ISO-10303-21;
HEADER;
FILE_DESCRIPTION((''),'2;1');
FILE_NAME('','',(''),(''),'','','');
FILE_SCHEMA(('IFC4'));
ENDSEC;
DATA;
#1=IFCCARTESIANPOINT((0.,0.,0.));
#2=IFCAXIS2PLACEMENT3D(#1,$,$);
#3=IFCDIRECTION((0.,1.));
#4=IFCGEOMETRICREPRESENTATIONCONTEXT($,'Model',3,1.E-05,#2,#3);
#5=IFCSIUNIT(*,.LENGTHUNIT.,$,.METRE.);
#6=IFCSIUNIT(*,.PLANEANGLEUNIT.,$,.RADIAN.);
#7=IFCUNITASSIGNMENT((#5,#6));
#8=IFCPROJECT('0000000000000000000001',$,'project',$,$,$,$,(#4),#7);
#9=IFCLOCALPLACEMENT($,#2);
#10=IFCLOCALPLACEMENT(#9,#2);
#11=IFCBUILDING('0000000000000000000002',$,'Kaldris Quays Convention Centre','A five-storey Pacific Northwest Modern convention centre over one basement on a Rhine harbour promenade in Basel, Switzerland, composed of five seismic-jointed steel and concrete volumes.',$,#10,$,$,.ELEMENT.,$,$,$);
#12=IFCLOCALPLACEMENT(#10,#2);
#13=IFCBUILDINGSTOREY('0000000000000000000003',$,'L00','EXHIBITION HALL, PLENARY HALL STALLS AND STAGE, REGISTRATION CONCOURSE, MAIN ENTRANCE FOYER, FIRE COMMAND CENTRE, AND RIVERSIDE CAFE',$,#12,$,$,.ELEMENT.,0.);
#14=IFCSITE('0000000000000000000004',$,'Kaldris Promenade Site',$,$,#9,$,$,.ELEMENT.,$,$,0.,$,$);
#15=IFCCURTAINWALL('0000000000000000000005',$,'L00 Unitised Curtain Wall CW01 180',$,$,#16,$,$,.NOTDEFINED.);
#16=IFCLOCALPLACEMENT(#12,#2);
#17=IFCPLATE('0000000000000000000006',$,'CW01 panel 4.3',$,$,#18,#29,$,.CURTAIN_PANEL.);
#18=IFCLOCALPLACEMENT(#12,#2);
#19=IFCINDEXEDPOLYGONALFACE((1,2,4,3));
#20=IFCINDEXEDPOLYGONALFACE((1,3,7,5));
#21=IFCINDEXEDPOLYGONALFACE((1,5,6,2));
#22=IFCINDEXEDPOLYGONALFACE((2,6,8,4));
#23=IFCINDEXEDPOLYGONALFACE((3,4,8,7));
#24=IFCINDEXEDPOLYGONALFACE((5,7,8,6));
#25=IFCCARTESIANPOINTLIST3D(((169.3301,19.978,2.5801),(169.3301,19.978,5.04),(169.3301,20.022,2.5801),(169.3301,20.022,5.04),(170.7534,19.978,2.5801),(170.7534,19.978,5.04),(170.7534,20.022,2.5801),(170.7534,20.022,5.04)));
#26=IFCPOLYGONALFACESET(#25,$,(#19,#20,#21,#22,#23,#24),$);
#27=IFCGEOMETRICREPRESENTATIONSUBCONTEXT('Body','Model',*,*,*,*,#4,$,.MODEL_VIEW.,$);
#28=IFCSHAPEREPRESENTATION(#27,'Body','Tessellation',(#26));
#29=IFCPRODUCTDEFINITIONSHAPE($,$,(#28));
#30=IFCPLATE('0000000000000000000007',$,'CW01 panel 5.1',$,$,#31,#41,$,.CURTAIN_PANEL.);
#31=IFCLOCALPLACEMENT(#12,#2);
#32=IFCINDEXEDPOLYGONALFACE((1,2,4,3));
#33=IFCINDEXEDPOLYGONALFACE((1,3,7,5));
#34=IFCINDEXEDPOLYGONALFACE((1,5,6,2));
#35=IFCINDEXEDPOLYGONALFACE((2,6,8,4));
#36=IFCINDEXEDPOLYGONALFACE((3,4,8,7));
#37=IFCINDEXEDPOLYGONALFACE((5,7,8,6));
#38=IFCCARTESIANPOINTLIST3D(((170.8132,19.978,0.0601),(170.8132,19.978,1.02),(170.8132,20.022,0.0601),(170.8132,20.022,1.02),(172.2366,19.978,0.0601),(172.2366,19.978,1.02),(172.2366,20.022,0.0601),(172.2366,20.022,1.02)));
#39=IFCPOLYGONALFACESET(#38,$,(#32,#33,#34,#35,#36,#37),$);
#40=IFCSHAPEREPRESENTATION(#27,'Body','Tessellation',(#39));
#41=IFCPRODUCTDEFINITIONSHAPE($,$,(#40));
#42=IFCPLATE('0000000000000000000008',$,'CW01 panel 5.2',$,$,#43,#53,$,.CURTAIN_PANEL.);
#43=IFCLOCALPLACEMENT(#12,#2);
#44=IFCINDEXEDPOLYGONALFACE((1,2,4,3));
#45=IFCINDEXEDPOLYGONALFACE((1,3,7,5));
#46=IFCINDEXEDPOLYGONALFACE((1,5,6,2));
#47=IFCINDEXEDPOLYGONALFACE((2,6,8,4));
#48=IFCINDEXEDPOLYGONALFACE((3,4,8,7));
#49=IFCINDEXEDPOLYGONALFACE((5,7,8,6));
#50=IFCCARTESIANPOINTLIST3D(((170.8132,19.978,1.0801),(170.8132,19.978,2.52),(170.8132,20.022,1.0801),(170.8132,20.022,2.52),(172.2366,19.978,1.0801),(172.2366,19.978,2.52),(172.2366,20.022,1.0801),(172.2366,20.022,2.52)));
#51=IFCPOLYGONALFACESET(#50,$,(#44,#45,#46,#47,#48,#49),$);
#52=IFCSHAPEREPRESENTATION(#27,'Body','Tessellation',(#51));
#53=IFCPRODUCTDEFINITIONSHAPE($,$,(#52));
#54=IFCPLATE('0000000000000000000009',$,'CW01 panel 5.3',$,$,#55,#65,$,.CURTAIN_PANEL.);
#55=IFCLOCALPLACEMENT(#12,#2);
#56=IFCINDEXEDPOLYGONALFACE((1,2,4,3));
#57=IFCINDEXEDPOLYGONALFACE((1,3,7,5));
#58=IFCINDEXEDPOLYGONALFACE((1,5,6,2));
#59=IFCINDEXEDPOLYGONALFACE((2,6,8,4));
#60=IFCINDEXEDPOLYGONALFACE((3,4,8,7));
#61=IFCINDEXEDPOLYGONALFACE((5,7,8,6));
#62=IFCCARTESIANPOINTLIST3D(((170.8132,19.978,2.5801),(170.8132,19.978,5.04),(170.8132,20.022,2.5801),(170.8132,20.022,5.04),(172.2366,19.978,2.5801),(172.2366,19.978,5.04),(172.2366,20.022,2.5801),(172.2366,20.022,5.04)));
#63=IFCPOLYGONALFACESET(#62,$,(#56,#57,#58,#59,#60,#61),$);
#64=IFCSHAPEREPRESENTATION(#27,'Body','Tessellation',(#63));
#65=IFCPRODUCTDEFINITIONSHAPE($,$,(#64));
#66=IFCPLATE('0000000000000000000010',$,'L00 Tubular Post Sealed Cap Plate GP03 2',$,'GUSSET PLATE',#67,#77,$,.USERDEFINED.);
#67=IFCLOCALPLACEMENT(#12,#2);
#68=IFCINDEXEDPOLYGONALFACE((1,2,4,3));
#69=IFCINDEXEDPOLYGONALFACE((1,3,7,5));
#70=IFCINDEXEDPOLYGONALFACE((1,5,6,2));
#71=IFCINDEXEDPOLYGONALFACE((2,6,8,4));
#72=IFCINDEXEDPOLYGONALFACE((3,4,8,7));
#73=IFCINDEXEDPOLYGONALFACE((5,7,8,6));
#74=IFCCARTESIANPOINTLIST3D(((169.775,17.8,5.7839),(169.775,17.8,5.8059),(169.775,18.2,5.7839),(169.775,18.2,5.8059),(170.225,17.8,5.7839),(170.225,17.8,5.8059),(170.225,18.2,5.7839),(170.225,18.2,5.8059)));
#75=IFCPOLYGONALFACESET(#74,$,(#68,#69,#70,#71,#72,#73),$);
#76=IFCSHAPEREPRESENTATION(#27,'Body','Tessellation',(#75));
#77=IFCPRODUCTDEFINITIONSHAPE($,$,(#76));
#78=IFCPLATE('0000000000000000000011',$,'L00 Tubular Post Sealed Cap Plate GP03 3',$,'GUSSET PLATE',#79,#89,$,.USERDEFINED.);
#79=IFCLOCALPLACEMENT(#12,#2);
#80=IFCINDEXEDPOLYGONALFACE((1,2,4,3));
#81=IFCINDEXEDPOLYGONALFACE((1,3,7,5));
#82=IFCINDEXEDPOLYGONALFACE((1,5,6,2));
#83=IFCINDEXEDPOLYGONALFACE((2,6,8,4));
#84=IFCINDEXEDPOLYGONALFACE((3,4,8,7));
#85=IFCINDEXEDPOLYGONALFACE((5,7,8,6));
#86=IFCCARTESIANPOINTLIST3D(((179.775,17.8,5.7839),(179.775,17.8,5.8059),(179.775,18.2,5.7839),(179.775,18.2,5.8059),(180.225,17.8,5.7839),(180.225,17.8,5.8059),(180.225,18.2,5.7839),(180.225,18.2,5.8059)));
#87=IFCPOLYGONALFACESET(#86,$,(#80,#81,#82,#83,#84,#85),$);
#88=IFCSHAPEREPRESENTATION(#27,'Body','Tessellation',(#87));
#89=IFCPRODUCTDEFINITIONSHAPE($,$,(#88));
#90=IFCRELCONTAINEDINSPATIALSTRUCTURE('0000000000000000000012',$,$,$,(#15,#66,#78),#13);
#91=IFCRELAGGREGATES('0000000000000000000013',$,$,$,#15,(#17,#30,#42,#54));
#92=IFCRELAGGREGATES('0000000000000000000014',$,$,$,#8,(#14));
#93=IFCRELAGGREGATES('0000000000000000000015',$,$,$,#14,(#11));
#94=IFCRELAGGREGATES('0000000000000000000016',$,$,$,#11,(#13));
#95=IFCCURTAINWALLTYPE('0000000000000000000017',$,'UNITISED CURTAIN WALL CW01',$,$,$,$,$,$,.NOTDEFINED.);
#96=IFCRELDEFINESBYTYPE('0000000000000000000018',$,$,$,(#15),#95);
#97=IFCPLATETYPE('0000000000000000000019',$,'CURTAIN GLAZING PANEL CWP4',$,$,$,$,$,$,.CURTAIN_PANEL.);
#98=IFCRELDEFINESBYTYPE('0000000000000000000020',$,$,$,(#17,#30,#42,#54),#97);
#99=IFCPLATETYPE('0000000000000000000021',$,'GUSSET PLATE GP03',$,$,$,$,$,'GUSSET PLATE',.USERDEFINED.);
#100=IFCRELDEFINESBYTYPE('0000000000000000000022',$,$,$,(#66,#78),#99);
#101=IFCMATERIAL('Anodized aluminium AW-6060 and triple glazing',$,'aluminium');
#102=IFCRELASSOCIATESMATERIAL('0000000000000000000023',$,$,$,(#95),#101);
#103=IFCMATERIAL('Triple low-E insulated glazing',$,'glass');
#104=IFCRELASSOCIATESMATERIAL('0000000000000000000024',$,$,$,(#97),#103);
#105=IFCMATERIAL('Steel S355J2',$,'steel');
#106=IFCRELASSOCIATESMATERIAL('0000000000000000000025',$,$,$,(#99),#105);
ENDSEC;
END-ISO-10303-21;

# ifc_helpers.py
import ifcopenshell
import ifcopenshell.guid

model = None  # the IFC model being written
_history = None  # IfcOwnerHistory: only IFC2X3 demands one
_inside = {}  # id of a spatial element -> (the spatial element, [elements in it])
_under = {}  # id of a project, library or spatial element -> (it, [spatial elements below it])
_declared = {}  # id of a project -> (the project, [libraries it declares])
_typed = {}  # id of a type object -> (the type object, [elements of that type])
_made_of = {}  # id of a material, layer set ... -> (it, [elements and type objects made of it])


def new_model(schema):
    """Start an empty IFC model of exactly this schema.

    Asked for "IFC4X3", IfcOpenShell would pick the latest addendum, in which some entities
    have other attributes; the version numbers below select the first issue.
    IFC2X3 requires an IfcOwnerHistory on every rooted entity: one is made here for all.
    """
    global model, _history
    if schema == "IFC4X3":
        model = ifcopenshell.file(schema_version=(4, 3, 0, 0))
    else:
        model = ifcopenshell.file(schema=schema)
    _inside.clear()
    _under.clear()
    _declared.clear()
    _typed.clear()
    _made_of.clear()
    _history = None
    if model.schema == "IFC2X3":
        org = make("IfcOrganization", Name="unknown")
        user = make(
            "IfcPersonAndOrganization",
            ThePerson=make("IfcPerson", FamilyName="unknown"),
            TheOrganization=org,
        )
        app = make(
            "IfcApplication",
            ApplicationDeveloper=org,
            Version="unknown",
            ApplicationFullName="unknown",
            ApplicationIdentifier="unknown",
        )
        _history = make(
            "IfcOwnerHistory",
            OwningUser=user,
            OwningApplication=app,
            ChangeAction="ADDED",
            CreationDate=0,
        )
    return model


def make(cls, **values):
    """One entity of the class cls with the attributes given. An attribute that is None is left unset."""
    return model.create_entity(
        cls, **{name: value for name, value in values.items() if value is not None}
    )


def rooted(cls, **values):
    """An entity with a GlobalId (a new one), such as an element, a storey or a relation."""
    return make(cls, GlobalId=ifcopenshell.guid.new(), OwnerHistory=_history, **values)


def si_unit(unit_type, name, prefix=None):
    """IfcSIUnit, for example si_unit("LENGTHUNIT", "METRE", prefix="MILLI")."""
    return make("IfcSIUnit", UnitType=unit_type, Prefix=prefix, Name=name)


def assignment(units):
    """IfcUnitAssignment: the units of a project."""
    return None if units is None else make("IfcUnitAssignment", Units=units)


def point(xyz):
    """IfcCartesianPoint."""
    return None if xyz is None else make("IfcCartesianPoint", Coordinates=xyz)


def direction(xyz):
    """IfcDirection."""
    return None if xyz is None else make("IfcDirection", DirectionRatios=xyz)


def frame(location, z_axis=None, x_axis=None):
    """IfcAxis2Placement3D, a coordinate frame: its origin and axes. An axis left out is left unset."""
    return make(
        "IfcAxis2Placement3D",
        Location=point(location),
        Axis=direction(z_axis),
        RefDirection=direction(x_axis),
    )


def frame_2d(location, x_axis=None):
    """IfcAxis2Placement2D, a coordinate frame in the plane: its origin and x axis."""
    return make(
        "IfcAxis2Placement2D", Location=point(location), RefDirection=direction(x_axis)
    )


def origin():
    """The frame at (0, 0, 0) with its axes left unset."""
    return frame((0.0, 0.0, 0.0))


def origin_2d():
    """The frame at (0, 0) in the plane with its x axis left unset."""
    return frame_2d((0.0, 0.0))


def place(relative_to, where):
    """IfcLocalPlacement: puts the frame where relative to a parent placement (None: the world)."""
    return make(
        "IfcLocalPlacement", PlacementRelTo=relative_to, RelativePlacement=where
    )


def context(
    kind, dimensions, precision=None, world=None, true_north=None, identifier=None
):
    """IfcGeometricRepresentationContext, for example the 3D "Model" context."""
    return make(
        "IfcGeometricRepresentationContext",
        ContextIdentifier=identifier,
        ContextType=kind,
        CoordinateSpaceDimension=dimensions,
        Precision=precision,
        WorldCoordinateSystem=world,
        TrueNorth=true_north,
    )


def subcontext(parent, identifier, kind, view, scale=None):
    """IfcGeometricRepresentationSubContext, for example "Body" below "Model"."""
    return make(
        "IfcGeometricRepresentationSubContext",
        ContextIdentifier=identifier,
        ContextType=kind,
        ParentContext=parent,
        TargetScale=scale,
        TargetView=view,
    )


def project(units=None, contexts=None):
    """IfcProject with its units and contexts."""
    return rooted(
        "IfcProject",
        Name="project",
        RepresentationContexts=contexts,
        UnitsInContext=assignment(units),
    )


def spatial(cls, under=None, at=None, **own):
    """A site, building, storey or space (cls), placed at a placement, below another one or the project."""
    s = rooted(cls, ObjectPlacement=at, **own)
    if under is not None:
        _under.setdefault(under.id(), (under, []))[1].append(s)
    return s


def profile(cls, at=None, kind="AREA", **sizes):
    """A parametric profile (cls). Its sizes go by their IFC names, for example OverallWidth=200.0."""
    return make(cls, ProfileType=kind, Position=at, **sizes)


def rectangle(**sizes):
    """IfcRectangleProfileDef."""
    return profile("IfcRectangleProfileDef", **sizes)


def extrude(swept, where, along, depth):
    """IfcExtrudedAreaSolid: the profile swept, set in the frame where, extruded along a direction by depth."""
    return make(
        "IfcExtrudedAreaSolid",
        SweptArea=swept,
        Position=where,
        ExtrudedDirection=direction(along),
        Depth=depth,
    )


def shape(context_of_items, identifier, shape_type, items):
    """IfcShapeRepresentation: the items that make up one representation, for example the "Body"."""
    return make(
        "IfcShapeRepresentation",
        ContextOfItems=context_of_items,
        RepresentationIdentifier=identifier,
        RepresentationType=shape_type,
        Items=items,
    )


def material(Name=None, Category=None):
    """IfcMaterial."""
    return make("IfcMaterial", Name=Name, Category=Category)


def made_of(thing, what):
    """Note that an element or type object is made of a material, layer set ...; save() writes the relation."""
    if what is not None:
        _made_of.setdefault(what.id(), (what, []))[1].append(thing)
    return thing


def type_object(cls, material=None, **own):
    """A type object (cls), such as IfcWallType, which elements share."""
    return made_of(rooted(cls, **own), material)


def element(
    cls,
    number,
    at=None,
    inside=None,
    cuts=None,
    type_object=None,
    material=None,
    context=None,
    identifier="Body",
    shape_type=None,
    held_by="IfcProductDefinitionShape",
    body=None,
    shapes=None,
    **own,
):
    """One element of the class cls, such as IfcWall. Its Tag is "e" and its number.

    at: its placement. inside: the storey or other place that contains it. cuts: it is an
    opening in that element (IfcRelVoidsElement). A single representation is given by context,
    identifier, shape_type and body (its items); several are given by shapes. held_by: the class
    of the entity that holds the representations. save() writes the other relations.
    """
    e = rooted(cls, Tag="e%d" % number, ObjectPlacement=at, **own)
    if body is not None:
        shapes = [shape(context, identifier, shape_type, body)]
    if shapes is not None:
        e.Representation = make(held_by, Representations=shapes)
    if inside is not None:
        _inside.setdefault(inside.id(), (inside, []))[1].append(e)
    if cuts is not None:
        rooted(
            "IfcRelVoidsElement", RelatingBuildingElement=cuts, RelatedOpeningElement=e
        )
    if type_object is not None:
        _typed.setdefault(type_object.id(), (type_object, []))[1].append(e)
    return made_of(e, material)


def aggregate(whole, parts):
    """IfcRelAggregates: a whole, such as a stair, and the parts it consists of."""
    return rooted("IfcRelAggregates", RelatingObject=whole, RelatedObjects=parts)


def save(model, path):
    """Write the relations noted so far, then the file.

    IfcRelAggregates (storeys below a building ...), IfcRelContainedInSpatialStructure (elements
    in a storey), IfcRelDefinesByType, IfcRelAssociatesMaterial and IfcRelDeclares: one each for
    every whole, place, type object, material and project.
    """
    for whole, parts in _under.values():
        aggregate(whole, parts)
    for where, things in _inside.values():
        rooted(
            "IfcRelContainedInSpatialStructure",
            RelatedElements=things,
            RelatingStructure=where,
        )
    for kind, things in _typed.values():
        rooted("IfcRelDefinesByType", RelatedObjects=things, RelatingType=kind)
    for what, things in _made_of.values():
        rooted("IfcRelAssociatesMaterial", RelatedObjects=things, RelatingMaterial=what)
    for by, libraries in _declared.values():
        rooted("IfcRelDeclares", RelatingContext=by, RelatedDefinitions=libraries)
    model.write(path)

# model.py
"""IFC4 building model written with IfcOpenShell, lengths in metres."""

from ifc_helpers import new_model, si_unit, direction, frame, origin, origin_2d, place, context, subcontext, project, spatial, rectangle, extrude, material, type_object, element, aggregate, save


model = new_model("IFC4")

# Units and contexts
model_context = context("Model", 3, precision=1e-05, world=origin(), true_north=direction((0.0, 1.0)))
body_context = subcontext(model_context, "Body", "Model", "MODEL_VIEW")
ifc_project = project(units=[si_unit("LENGTHUNIT", "METRE"), si_unit("PLANEANGLEUNIT", "RADIAN")], contexts=[model_context])

# Site, building, storey
site_placement = place(None, origin())
site = spatial("IfcSite", under=ifc_project, at=site_placement, Name="Kaldris Promenade Site", CompositionType="ELEMENT", RefElevation=0.0)
building_placement = place(site_placement, origin())
building = spatial("IfcBuilding", under=site, at=building_placement, Name="Kaldris Quays Convention Centre", Description="A five-storey Pacific Northwest Modern convention centre over one basement on a Rhine harbour promenade in Basel, Switzerland, composed of five seismic-jointed steel and concrete volumes.", CompositionType="ELEMENT")
storey_placement = place(building_placement, origin())
storey = spatial("IfcBuildingStorey", under=building, at=storey_placement, Name="L00", Description="EXHIBITION HALL, PLENARY HALL STALLS AND STAGE, REGISTRATION CONCOURSE, MAIN ENTRANCE FOYER, FIRE COMMAND CENTRE, AND RIVERSIDE CAFE", CompositionType="ELEMENT", Elevation=0.0)

# Shared definitions
ifc_material_1 = material(Name="Steel S355J2", Category="steel")

# Curtain wall
ifc_material_2 = material(Name="Anodized aluminium AW-6060 and triple glazing", Category="aluminium")
curtain_wall_type = type_object("IfcCurtainWallType", Name="UNITISED CURTAIN WALL CW01", PredefinedType="NOTDEFINED", material=ifc_material_2)
curtain_wall_placement = place(storey_placement, origin())
curtain_wall = element("IfcCurtainWall", 1, at=curtain_wall_placement, inside=storey, type_object=curtain_wall_type, Name="L00 Unitised Curtain Wall CW01 180", PredefinedType="NOTDEFINED")

# Plates
ifc_material_3 = material(Name="Triple low-E insulated glazing", Category="glass")
plate_type_1 = type_object("IfcPlateType", Name="CURTAIN GLAZING PANEL CWP4", PredefinedType="CURTAIN_PANEL", material=ifc_material_3)
plate_1_placement = place(storey_placement, frame((170.0417, 20.0, 2.5801), z_axis=(0.0, 0.0, 1.0), x_axis=(1.0, 0.0, 0.0)))
plate_1 = element("IfcPlate", 2, at=plate_1_placement, type_object=plate_type_1, Name="CW01 panel 4.3", PredefinedType="CURTAIN_PANEL", context=body_context, shape_type="SweptSolid", body=[
    extrude(rectangle(XDim=1.4233, YDim=0.0439, at=origin_2d()), origin(), (0.0, 0.0, 1.0), 2.46),
])
plate_2_placement = place(storey_placement, frame((171.5249, 20.0, 0.0601), z_axis=(0.0, 0.0, 1.0), x_axis=(1.0, 0.0, 0.0)))
plate_2 = element("IfcPlate", 3, at=plate_2_placement, type_object=plate_type_1, Name="CW01 panel 5.1", PredefinedType="CURTAIN_PANEL", context=body_context, shape_type="SweptSolid", body=[
    extrude(rectangle(XDim=1.4233, YDim=0.0439, at=origin_2d()), origin(), (0.0, 0.0, 1.0), 0.96),
])
plate_3_placement = place(storey_placement, frame((171.5249, 20.0, 1.0801), z_axis=(0.0, 0.0, 1.0), x_axis=(1.0, 0.0, 0.0)))
plate_3 = element("IfcPlate", 4, at=plate_3_placement, type_object=plate_type_1, Name="CW01 panel 5.2", PredefinedType="CURTAIN_PANEL", context=body_context, shape_type="SweptSolid", body=[
    extrude(rectangle(XDim=1.4233, YDim=0.0439, at=origin_2d()), origin(), (0.0, 0.0, 1.0), 1.4399),
])
plate_4_placement = place(storey_placement, frame((171.5249, 20.0, 2.5801), z_axis=(0.0, 0.0, 1.0), x_axis=(1.0, 0.0, 0.0)))
plate_4 = element("IfcPlate", 5, at=plate_4_placement, type_object=plate_type_1, Name="CW01 panel 5.3", PredefinedType="CURTAIN_PANEL", context=body_context, shape_type="SweptSolid", body=[
    extrude(rectangle(XDim=1.4233, YDim=0.0439, at=origin_2d()), origin(), (0.0, 0.0, 1.0), 2.46),
])
aggregate(curtain_wall, [plate_1, plate_2, plate_3, plate_4])

# Plates
plate_type_2 = type_object("IfcPlateType", Name="GUSSET PLATE GP03", ElementType="GUSSET PLATE", PredefinedType="USERDEFINED", material=ifc_material_1)
for number, where, z_axis, x_axis, name in (
    (6, (170.0, 18.0, 5.7839), (0.0, 0.0, 1.0), (1.0, 0.0, 0.0), "L00 Tubular Post Sealed Cap Plate GP03 2"),
    (7, (180.0, 18.0, 5.7839), (0.0, 0.0, 1.0), (1.0, 0.0, 0.0), "L00 Tubular Post Sealed Cap Plate GP03 3"),
):
    element("IfcPlate", number, at=place(storey_placement, frame(where, z_axis=z_axis, x_axis=x_axis)), inside=storey, type_object=plate_type_2, Name=name, ObjectType="GUSSET PLATE", PredefinedType="USERDEFINED", context=body_context, shape_type="SweptSolid", body=[
        extrude(rectangle(XDim=0.45, YDim=0.3999, at=origin_2d()), origin(), (0.0, 0.0, 1.0), 0.022),
    ])

save(model, "model.ifc")
